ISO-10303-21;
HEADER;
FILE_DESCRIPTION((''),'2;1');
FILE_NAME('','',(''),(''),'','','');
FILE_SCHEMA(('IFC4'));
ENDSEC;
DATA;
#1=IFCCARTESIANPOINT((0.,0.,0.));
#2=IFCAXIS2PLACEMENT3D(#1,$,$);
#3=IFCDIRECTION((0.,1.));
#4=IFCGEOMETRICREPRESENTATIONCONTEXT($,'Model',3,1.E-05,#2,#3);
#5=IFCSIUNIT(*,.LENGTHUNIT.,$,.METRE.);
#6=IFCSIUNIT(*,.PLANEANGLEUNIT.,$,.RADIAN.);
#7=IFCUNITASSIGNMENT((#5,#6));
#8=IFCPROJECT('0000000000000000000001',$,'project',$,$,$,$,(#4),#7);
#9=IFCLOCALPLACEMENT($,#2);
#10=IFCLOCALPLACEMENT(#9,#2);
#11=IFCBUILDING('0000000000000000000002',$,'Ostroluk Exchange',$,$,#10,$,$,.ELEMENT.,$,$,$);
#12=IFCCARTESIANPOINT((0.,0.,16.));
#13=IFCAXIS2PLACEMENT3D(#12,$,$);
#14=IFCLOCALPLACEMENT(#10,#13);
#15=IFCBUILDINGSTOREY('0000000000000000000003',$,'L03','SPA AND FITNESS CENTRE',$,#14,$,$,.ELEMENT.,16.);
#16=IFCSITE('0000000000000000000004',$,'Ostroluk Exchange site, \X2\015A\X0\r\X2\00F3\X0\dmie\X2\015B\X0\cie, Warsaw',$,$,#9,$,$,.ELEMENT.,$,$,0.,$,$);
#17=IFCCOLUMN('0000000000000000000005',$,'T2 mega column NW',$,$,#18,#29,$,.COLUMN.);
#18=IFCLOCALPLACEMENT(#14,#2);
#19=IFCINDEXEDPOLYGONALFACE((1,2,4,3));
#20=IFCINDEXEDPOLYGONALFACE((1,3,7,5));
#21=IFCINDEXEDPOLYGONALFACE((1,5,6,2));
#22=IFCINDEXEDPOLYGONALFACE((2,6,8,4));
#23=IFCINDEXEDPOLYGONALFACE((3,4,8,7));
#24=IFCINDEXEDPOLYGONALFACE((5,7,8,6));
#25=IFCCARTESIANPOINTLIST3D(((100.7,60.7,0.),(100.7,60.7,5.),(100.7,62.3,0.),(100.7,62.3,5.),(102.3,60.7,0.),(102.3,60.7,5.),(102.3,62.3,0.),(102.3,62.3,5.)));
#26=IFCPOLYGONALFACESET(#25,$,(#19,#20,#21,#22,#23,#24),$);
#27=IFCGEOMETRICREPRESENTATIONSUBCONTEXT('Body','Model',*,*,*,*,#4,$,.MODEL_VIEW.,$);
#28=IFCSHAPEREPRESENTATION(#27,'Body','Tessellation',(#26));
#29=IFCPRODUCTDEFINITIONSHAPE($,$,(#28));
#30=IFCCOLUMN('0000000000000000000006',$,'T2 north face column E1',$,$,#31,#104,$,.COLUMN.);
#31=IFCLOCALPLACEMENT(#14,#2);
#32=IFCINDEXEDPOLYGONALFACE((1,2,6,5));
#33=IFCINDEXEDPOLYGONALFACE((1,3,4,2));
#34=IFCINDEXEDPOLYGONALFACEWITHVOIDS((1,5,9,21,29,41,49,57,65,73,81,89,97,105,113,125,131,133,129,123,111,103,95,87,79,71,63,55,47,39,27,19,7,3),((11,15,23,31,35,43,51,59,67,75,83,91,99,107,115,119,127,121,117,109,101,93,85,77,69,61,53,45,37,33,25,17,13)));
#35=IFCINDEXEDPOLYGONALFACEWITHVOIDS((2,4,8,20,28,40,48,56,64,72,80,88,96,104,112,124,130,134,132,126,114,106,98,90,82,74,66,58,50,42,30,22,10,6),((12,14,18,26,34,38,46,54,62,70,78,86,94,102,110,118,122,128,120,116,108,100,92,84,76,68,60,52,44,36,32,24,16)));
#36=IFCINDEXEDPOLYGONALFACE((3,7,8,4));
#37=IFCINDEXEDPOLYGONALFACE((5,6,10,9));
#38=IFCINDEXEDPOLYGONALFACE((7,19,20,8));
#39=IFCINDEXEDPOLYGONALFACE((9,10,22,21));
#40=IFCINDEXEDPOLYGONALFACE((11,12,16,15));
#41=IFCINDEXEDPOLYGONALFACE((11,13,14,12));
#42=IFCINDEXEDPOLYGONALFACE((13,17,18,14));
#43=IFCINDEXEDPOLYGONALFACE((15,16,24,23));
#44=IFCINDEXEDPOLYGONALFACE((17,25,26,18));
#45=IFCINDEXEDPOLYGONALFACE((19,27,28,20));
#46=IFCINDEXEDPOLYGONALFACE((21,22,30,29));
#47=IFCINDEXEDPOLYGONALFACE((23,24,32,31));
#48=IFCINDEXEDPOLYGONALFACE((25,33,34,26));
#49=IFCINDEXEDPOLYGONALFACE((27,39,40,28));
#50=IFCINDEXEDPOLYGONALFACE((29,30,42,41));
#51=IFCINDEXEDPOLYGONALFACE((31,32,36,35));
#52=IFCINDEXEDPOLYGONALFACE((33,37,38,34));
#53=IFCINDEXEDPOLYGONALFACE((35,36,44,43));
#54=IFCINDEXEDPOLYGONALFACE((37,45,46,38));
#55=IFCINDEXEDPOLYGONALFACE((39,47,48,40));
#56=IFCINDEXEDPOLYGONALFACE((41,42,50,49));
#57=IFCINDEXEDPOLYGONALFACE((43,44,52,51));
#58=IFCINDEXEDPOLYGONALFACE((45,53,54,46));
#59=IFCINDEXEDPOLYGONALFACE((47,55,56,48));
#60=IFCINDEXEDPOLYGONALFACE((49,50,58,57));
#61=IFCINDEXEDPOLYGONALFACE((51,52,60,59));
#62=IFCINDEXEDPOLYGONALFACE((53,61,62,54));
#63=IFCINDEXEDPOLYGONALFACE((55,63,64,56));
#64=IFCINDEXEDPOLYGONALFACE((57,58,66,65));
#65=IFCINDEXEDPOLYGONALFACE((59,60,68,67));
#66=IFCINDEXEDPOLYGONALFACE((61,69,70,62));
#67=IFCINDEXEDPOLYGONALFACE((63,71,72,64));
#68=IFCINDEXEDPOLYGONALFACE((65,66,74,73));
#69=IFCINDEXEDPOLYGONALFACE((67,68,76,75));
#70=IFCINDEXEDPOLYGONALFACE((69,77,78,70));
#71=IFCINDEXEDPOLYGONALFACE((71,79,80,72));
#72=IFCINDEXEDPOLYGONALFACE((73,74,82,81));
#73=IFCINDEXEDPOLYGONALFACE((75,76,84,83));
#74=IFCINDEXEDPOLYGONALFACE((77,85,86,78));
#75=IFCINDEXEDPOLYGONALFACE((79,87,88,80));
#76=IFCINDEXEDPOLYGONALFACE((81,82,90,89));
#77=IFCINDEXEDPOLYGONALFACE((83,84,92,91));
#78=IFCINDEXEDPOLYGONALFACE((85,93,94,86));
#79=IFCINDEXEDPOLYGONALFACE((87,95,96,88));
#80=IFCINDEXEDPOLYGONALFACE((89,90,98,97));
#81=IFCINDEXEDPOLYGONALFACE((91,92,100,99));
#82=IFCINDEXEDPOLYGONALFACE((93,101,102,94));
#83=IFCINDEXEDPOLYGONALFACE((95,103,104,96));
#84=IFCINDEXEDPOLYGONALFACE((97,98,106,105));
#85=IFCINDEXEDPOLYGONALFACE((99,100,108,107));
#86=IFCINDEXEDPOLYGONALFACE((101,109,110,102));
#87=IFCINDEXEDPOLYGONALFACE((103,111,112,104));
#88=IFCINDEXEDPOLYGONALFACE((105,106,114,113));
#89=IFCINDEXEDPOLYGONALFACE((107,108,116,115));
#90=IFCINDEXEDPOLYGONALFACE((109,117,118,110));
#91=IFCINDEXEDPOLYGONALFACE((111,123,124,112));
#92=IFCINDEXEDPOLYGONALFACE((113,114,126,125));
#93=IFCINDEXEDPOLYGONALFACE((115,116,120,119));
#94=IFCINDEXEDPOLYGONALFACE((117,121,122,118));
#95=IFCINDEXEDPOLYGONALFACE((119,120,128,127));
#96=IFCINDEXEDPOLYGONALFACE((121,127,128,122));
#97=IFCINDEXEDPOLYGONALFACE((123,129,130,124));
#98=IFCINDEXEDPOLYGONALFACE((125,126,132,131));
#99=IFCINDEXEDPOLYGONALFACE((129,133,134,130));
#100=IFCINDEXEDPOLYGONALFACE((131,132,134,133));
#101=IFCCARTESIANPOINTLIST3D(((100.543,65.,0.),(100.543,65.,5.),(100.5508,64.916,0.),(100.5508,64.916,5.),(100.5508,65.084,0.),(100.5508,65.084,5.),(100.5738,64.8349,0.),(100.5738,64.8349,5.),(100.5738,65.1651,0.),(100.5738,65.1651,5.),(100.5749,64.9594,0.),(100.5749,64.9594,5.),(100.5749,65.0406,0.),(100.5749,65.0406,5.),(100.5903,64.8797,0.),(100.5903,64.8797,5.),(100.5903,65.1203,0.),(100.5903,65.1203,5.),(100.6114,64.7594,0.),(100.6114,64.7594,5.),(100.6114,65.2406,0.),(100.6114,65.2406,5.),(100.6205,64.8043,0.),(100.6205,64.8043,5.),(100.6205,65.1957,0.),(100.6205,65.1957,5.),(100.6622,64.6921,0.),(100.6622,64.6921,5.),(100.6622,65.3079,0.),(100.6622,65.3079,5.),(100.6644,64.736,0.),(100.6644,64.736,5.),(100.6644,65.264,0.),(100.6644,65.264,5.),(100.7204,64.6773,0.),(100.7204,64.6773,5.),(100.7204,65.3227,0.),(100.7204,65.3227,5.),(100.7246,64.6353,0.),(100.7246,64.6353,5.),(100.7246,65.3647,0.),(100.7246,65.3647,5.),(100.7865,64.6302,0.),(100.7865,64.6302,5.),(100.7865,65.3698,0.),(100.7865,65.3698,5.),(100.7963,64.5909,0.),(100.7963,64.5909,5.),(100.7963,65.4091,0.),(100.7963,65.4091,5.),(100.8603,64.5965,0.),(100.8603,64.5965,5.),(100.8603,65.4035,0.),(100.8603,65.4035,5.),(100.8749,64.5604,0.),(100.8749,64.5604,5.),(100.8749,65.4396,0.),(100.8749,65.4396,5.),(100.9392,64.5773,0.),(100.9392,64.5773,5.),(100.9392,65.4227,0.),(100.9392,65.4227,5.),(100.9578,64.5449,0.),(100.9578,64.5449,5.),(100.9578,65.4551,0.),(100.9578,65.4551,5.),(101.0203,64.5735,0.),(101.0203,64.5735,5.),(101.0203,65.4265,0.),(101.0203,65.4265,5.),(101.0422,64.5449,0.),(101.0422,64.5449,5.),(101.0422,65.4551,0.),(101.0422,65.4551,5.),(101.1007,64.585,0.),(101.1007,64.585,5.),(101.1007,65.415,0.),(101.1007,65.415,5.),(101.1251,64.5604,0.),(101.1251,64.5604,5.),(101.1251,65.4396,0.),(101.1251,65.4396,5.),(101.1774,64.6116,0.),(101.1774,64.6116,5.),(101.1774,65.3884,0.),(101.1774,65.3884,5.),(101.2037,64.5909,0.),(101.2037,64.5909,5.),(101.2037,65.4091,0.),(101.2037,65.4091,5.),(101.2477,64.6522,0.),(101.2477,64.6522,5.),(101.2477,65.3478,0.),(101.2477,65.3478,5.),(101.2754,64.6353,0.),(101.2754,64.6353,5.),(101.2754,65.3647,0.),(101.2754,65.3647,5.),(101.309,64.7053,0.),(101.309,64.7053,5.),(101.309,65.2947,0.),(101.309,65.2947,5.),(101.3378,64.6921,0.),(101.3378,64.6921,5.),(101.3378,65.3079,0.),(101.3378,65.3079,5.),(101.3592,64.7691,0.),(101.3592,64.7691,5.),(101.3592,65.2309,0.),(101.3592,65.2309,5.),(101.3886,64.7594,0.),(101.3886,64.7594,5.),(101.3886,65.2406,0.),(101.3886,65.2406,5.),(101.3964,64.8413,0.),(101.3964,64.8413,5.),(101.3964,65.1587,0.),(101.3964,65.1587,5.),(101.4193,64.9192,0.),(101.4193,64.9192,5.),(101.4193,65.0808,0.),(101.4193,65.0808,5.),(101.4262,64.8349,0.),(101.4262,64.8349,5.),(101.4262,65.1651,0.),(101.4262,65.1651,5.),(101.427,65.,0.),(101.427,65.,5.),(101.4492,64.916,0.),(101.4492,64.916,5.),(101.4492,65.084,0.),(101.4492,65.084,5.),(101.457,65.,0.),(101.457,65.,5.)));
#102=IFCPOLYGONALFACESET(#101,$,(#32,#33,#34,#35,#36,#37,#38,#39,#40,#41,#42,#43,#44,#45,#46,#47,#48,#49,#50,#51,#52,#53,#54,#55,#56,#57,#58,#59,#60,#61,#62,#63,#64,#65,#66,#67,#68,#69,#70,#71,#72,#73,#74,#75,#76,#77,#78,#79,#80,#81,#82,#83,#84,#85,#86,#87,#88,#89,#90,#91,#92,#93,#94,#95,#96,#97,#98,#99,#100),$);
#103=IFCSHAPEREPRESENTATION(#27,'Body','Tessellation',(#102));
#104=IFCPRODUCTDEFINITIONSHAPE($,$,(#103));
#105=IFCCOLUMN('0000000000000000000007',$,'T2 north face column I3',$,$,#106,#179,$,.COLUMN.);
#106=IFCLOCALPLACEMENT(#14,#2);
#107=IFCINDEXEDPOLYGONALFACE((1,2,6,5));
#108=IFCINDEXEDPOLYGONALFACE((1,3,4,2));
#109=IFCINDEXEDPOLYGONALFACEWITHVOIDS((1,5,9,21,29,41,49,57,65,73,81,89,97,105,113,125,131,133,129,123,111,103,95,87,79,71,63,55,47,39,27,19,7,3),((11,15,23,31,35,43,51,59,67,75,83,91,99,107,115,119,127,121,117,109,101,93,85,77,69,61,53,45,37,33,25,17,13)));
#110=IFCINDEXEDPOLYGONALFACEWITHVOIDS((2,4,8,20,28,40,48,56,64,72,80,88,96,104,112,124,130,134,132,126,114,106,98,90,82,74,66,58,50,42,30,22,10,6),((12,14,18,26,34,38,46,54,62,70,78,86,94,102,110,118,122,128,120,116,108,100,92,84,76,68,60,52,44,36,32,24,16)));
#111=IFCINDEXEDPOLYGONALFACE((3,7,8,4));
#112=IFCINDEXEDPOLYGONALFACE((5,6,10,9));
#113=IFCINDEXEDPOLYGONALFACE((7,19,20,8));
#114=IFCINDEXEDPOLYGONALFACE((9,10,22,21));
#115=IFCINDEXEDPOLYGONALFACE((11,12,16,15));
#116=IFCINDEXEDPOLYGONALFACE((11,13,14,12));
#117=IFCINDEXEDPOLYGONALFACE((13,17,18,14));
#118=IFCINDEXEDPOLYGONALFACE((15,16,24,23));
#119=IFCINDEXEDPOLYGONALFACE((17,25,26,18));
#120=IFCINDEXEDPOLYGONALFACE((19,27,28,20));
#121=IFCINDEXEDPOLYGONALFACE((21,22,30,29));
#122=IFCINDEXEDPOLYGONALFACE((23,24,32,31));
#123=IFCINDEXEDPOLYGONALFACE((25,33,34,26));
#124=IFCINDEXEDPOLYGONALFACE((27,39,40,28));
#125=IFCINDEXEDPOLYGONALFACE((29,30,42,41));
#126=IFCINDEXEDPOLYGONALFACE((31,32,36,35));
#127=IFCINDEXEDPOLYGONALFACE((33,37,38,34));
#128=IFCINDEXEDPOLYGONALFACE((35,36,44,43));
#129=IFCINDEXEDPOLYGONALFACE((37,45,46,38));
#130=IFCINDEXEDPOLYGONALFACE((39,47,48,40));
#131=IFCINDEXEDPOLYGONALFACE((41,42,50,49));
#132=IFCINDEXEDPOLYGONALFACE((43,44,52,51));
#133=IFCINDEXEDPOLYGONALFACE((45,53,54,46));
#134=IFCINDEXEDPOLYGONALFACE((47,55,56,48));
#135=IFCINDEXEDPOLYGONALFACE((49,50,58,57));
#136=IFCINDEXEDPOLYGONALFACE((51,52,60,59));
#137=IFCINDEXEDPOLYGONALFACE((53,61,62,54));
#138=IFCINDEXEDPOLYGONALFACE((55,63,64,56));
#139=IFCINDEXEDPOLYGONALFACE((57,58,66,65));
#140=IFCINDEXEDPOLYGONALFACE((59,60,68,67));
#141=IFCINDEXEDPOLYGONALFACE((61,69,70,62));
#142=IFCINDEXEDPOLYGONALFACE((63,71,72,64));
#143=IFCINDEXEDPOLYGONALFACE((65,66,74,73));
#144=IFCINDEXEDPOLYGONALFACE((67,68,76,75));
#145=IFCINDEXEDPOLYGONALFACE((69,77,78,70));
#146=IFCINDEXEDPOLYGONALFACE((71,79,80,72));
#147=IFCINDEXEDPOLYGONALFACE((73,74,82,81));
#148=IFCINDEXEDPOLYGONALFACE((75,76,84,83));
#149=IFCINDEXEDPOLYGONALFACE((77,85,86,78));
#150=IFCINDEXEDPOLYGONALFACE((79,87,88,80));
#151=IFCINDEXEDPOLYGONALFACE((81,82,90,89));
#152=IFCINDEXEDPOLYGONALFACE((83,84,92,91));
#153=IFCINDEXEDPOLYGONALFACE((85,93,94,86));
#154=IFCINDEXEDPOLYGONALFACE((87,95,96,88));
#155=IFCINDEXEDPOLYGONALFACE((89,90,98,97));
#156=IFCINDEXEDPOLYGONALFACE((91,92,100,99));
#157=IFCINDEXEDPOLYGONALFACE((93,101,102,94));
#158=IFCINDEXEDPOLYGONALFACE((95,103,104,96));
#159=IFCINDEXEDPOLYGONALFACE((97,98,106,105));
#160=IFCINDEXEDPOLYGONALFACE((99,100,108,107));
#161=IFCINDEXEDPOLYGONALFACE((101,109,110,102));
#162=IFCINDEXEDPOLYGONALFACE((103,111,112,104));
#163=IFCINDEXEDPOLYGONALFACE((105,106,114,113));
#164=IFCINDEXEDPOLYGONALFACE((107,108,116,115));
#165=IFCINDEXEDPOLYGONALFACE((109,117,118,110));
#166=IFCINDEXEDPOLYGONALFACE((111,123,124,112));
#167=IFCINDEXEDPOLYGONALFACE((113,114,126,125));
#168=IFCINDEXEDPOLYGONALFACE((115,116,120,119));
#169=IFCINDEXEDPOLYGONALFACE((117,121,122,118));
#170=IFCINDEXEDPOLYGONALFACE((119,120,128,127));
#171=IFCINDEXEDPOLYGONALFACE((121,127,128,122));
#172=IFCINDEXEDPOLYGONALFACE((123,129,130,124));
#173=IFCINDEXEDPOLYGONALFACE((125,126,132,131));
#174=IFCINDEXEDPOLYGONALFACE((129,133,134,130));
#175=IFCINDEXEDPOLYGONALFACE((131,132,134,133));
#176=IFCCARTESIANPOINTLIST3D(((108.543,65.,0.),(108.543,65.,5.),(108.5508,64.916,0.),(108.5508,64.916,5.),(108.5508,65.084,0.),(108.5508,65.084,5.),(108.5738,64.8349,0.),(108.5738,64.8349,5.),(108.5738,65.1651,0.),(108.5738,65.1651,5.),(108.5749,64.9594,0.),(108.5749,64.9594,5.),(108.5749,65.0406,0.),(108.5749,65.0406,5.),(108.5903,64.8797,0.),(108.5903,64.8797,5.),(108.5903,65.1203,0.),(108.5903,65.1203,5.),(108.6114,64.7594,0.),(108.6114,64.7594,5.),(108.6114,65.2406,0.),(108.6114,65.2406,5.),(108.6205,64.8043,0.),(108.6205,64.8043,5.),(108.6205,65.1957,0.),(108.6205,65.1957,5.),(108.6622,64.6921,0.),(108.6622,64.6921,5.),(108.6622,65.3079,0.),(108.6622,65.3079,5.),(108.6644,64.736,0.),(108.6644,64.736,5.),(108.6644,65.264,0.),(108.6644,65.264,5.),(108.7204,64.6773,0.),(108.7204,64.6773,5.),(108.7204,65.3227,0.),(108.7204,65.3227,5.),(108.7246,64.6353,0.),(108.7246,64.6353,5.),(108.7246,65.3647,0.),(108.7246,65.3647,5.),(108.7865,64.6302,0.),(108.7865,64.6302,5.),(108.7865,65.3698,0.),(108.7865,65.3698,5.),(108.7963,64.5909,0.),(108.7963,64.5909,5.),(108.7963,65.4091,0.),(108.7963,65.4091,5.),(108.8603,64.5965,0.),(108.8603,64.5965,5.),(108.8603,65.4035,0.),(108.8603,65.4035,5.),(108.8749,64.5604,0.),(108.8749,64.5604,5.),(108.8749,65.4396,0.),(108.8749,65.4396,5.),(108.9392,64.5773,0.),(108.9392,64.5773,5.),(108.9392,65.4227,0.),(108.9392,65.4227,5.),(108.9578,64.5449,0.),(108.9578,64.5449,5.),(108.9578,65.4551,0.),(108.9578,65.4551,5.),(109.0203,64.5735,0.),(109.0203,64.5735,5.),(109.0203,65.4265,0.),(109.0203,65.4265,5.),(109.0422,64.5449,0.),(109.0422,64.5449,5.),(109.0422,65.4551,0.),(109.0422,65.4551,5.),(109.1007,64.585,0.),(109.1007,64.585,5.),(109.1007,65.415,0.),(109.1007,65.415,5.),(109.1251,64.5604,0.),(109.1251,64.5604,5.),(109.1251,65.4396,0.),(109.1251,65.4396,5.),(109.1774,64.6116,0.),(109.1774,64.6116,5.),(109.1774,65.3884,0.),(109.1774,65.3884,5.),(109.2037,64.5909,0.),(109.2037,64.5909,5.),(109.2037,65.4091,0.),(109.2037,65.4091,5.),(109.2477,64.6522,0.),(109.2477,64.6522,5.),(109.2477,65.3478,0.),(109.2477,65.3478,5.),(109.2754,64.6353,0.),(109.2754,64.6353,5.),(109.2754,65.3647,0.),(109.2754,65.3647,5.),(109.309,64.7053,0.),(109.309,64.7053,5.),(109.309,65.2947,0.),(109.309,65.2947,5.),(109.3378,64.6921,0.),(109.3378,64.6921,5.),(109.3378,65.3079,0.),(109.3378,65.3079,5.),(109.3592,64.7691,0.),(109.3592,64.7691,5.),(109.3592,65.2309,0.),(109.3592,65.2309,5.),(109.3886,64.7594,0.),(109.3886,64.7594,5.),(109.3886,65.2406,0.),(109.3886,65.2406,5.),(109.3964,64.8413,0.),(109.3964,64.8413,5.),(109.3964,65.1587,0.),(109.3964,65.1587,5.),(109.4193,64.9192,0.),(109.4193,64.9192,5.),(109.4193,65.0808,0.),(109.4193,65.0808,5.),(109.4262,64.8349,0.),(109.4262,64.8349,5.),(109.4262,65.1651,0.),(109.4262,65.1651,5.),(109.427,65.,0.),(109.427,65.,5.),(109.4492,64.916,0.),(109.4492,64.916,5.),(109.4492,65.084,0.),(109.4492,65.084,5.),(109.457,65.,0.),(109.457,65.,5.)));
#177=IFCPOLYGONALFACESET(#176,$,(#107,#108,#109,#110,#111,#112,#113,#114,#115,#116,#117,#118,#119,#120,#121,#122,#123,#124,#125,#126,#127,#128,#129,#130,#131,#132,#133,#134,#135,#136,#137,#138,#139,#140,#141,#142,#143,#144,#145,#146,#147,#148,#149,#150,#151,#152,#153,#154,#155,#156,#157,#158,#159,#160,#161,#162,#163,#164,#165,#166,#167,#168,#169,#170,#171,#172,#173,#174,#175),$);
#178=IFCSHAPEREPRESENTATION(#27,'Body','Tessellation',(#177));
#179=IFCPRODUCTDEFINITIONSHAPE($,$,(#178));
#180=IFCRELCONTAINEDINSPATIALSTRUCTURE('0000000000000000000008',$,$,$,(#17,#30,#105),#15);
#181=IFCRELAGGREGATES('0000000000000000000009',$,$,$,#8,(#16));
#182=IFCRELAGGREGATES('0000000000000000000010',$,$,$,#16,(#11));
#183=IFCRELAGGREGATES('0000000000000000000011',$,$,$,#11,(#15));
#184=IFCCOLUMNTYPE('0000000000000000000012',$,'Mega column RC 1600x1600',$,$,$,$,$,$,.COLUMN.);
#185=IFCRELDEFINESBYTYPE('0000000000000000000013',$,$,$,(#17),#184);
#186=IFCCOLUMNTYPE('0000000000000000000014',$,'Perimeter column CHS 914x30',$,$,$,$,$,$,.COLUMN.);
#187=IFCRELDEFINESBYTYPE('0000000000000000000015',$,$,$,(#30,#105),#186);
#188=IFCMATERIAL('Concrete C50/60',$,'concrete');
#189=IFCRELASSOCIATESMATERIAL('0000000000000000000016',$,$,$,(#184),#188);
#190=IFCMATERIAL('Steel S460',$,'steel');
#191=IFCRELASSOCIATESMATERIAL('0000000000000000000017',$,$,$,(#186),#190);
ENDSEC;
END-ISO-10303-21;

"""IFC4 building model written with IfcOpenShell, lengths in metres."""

from ifc_helpers import new_model, si_unit, direction, frame, origin, origin_2d, place, context, subcontext, project, spatial, rectangle, hollow_circle, extrude, material, material_profile, profile_set, type_object, element, save


model = new_model("IFC4")

# Units and contexts
model_context = context("Model", 3, precision=1e-05, world=origin(), true_north=direction((0.0, 1.0)))
body_context = subcontext(model_context, "Body", "Model", "MODEL_VIEW")
ifc_project = project(units=[si_unit("LENGTHUNIT", "METRE"), si_unit("PLANEANGLEUNIT", "RADIAN")], contexts=[model_context])

# Site, building, storey
site_placement = place(None, origin())
site = spatial("IfcSite", under=ifc_project, at=site_placement, Name="Ostroluk Exchange site, Śródmieście, Warsaw", CompositionType="ELEMENT", RefElevation=0.0)
building_placement = place(site_placement, origin())
building = spatial("IfcBuilding", under=site, at=building_placement, Name="Ostroluk Exchange", CompositionType="ELEMENT")
storey_placement = place(building_placement, frame((0.0, 0.0, 16.0)))
storey = spatial("IfcBuildingStorey", under=building, at=storey_placement, Name="L03", Description="SPA AND FITNESS CENTRE", CompositionType="ELEMENT", Elevation=16.0)

# Columns
ifc_material_1 = material(Name="Concrete C50/60", Category="concrete")
ifc_material_profile_1 = material_profile(ifc_material_1, rectangle(XDim=1.6001, YDim=1.6001, at=origin_2d()), Name="RC 1600x1600")
ifc_profile_set_1 = profile_set([ifc_material_profile_1], Name="Concrete C50/60")
column_type_1 = type_object("IfcColumnType", Name="Mega column RC 1600x1600", PredefinedType="COLUMN", material=ifc_profile_set_1)
column_1_placement = place(storey_placement, frame((101.5, 61.5, 0.0), z_axis=(0.0, 0.0, 1.0), x_axis=(1.0, 0.0, 0.0)))
element("IfcColumn", 1, at=column_1_placement, inside=storey, type_object=column_type_1, Name="T2 mega column NW", PredefinedType="COLUMN", context=body_context, shape_type="SweptSolid", body=[
    extrude(rectangle(XDim=1.6001, YDim=1.6001, at=origin_2d()), origin(), (0.0, 0.0, 1.0), 5.0),
])
ifc_material_2 = material(Name="Steel S460", Category="steel")
ifc_material_profile_2 = material_profile(ifc_material_2, hollow_circle(Radius=0.457, WallThickness=0.03, at=origin_2d()), Name="CHS 914x30")
ifc_profile_set_2 = profile_set([ifc_material_profile_2], Name="Steel S460")
column_type_2 = type_object("IfcColumnType", Name="Perimeter column CHS 914x30", PredefinedType="COLUMN", material=ifc_profile_set_2)
for number, where, z_axis, x_axis, name in (
    (2, (101.0, 65.0, 0.0), (0.0, 0.0, 1.0), (1.0, 0.0, 0.0), "T2 north face column E1"),
    (3, (109.0, 65.0, 0.0), (0.0, 0.0, 1.0), (1.0, 0.0, 0.0), "T2 north face column I3"),
):
    element("IfcColumn", number, at=place(storey_placement, frame(where, z_axis=z_axis, x_axis=x_axis)), inside=storey, type_object=column_type_2, Name=name, PredefinedType="COLUMN", context=body_context, shape_type="SweptSolid", body=[
        extrude(hollow_circle(Radius=0.457, WallThickness=0.03, at=origin_2d()), origin(), (0.0, 0.0, 1.0), 5.0),
    ])

save(model, "model.ifc")
